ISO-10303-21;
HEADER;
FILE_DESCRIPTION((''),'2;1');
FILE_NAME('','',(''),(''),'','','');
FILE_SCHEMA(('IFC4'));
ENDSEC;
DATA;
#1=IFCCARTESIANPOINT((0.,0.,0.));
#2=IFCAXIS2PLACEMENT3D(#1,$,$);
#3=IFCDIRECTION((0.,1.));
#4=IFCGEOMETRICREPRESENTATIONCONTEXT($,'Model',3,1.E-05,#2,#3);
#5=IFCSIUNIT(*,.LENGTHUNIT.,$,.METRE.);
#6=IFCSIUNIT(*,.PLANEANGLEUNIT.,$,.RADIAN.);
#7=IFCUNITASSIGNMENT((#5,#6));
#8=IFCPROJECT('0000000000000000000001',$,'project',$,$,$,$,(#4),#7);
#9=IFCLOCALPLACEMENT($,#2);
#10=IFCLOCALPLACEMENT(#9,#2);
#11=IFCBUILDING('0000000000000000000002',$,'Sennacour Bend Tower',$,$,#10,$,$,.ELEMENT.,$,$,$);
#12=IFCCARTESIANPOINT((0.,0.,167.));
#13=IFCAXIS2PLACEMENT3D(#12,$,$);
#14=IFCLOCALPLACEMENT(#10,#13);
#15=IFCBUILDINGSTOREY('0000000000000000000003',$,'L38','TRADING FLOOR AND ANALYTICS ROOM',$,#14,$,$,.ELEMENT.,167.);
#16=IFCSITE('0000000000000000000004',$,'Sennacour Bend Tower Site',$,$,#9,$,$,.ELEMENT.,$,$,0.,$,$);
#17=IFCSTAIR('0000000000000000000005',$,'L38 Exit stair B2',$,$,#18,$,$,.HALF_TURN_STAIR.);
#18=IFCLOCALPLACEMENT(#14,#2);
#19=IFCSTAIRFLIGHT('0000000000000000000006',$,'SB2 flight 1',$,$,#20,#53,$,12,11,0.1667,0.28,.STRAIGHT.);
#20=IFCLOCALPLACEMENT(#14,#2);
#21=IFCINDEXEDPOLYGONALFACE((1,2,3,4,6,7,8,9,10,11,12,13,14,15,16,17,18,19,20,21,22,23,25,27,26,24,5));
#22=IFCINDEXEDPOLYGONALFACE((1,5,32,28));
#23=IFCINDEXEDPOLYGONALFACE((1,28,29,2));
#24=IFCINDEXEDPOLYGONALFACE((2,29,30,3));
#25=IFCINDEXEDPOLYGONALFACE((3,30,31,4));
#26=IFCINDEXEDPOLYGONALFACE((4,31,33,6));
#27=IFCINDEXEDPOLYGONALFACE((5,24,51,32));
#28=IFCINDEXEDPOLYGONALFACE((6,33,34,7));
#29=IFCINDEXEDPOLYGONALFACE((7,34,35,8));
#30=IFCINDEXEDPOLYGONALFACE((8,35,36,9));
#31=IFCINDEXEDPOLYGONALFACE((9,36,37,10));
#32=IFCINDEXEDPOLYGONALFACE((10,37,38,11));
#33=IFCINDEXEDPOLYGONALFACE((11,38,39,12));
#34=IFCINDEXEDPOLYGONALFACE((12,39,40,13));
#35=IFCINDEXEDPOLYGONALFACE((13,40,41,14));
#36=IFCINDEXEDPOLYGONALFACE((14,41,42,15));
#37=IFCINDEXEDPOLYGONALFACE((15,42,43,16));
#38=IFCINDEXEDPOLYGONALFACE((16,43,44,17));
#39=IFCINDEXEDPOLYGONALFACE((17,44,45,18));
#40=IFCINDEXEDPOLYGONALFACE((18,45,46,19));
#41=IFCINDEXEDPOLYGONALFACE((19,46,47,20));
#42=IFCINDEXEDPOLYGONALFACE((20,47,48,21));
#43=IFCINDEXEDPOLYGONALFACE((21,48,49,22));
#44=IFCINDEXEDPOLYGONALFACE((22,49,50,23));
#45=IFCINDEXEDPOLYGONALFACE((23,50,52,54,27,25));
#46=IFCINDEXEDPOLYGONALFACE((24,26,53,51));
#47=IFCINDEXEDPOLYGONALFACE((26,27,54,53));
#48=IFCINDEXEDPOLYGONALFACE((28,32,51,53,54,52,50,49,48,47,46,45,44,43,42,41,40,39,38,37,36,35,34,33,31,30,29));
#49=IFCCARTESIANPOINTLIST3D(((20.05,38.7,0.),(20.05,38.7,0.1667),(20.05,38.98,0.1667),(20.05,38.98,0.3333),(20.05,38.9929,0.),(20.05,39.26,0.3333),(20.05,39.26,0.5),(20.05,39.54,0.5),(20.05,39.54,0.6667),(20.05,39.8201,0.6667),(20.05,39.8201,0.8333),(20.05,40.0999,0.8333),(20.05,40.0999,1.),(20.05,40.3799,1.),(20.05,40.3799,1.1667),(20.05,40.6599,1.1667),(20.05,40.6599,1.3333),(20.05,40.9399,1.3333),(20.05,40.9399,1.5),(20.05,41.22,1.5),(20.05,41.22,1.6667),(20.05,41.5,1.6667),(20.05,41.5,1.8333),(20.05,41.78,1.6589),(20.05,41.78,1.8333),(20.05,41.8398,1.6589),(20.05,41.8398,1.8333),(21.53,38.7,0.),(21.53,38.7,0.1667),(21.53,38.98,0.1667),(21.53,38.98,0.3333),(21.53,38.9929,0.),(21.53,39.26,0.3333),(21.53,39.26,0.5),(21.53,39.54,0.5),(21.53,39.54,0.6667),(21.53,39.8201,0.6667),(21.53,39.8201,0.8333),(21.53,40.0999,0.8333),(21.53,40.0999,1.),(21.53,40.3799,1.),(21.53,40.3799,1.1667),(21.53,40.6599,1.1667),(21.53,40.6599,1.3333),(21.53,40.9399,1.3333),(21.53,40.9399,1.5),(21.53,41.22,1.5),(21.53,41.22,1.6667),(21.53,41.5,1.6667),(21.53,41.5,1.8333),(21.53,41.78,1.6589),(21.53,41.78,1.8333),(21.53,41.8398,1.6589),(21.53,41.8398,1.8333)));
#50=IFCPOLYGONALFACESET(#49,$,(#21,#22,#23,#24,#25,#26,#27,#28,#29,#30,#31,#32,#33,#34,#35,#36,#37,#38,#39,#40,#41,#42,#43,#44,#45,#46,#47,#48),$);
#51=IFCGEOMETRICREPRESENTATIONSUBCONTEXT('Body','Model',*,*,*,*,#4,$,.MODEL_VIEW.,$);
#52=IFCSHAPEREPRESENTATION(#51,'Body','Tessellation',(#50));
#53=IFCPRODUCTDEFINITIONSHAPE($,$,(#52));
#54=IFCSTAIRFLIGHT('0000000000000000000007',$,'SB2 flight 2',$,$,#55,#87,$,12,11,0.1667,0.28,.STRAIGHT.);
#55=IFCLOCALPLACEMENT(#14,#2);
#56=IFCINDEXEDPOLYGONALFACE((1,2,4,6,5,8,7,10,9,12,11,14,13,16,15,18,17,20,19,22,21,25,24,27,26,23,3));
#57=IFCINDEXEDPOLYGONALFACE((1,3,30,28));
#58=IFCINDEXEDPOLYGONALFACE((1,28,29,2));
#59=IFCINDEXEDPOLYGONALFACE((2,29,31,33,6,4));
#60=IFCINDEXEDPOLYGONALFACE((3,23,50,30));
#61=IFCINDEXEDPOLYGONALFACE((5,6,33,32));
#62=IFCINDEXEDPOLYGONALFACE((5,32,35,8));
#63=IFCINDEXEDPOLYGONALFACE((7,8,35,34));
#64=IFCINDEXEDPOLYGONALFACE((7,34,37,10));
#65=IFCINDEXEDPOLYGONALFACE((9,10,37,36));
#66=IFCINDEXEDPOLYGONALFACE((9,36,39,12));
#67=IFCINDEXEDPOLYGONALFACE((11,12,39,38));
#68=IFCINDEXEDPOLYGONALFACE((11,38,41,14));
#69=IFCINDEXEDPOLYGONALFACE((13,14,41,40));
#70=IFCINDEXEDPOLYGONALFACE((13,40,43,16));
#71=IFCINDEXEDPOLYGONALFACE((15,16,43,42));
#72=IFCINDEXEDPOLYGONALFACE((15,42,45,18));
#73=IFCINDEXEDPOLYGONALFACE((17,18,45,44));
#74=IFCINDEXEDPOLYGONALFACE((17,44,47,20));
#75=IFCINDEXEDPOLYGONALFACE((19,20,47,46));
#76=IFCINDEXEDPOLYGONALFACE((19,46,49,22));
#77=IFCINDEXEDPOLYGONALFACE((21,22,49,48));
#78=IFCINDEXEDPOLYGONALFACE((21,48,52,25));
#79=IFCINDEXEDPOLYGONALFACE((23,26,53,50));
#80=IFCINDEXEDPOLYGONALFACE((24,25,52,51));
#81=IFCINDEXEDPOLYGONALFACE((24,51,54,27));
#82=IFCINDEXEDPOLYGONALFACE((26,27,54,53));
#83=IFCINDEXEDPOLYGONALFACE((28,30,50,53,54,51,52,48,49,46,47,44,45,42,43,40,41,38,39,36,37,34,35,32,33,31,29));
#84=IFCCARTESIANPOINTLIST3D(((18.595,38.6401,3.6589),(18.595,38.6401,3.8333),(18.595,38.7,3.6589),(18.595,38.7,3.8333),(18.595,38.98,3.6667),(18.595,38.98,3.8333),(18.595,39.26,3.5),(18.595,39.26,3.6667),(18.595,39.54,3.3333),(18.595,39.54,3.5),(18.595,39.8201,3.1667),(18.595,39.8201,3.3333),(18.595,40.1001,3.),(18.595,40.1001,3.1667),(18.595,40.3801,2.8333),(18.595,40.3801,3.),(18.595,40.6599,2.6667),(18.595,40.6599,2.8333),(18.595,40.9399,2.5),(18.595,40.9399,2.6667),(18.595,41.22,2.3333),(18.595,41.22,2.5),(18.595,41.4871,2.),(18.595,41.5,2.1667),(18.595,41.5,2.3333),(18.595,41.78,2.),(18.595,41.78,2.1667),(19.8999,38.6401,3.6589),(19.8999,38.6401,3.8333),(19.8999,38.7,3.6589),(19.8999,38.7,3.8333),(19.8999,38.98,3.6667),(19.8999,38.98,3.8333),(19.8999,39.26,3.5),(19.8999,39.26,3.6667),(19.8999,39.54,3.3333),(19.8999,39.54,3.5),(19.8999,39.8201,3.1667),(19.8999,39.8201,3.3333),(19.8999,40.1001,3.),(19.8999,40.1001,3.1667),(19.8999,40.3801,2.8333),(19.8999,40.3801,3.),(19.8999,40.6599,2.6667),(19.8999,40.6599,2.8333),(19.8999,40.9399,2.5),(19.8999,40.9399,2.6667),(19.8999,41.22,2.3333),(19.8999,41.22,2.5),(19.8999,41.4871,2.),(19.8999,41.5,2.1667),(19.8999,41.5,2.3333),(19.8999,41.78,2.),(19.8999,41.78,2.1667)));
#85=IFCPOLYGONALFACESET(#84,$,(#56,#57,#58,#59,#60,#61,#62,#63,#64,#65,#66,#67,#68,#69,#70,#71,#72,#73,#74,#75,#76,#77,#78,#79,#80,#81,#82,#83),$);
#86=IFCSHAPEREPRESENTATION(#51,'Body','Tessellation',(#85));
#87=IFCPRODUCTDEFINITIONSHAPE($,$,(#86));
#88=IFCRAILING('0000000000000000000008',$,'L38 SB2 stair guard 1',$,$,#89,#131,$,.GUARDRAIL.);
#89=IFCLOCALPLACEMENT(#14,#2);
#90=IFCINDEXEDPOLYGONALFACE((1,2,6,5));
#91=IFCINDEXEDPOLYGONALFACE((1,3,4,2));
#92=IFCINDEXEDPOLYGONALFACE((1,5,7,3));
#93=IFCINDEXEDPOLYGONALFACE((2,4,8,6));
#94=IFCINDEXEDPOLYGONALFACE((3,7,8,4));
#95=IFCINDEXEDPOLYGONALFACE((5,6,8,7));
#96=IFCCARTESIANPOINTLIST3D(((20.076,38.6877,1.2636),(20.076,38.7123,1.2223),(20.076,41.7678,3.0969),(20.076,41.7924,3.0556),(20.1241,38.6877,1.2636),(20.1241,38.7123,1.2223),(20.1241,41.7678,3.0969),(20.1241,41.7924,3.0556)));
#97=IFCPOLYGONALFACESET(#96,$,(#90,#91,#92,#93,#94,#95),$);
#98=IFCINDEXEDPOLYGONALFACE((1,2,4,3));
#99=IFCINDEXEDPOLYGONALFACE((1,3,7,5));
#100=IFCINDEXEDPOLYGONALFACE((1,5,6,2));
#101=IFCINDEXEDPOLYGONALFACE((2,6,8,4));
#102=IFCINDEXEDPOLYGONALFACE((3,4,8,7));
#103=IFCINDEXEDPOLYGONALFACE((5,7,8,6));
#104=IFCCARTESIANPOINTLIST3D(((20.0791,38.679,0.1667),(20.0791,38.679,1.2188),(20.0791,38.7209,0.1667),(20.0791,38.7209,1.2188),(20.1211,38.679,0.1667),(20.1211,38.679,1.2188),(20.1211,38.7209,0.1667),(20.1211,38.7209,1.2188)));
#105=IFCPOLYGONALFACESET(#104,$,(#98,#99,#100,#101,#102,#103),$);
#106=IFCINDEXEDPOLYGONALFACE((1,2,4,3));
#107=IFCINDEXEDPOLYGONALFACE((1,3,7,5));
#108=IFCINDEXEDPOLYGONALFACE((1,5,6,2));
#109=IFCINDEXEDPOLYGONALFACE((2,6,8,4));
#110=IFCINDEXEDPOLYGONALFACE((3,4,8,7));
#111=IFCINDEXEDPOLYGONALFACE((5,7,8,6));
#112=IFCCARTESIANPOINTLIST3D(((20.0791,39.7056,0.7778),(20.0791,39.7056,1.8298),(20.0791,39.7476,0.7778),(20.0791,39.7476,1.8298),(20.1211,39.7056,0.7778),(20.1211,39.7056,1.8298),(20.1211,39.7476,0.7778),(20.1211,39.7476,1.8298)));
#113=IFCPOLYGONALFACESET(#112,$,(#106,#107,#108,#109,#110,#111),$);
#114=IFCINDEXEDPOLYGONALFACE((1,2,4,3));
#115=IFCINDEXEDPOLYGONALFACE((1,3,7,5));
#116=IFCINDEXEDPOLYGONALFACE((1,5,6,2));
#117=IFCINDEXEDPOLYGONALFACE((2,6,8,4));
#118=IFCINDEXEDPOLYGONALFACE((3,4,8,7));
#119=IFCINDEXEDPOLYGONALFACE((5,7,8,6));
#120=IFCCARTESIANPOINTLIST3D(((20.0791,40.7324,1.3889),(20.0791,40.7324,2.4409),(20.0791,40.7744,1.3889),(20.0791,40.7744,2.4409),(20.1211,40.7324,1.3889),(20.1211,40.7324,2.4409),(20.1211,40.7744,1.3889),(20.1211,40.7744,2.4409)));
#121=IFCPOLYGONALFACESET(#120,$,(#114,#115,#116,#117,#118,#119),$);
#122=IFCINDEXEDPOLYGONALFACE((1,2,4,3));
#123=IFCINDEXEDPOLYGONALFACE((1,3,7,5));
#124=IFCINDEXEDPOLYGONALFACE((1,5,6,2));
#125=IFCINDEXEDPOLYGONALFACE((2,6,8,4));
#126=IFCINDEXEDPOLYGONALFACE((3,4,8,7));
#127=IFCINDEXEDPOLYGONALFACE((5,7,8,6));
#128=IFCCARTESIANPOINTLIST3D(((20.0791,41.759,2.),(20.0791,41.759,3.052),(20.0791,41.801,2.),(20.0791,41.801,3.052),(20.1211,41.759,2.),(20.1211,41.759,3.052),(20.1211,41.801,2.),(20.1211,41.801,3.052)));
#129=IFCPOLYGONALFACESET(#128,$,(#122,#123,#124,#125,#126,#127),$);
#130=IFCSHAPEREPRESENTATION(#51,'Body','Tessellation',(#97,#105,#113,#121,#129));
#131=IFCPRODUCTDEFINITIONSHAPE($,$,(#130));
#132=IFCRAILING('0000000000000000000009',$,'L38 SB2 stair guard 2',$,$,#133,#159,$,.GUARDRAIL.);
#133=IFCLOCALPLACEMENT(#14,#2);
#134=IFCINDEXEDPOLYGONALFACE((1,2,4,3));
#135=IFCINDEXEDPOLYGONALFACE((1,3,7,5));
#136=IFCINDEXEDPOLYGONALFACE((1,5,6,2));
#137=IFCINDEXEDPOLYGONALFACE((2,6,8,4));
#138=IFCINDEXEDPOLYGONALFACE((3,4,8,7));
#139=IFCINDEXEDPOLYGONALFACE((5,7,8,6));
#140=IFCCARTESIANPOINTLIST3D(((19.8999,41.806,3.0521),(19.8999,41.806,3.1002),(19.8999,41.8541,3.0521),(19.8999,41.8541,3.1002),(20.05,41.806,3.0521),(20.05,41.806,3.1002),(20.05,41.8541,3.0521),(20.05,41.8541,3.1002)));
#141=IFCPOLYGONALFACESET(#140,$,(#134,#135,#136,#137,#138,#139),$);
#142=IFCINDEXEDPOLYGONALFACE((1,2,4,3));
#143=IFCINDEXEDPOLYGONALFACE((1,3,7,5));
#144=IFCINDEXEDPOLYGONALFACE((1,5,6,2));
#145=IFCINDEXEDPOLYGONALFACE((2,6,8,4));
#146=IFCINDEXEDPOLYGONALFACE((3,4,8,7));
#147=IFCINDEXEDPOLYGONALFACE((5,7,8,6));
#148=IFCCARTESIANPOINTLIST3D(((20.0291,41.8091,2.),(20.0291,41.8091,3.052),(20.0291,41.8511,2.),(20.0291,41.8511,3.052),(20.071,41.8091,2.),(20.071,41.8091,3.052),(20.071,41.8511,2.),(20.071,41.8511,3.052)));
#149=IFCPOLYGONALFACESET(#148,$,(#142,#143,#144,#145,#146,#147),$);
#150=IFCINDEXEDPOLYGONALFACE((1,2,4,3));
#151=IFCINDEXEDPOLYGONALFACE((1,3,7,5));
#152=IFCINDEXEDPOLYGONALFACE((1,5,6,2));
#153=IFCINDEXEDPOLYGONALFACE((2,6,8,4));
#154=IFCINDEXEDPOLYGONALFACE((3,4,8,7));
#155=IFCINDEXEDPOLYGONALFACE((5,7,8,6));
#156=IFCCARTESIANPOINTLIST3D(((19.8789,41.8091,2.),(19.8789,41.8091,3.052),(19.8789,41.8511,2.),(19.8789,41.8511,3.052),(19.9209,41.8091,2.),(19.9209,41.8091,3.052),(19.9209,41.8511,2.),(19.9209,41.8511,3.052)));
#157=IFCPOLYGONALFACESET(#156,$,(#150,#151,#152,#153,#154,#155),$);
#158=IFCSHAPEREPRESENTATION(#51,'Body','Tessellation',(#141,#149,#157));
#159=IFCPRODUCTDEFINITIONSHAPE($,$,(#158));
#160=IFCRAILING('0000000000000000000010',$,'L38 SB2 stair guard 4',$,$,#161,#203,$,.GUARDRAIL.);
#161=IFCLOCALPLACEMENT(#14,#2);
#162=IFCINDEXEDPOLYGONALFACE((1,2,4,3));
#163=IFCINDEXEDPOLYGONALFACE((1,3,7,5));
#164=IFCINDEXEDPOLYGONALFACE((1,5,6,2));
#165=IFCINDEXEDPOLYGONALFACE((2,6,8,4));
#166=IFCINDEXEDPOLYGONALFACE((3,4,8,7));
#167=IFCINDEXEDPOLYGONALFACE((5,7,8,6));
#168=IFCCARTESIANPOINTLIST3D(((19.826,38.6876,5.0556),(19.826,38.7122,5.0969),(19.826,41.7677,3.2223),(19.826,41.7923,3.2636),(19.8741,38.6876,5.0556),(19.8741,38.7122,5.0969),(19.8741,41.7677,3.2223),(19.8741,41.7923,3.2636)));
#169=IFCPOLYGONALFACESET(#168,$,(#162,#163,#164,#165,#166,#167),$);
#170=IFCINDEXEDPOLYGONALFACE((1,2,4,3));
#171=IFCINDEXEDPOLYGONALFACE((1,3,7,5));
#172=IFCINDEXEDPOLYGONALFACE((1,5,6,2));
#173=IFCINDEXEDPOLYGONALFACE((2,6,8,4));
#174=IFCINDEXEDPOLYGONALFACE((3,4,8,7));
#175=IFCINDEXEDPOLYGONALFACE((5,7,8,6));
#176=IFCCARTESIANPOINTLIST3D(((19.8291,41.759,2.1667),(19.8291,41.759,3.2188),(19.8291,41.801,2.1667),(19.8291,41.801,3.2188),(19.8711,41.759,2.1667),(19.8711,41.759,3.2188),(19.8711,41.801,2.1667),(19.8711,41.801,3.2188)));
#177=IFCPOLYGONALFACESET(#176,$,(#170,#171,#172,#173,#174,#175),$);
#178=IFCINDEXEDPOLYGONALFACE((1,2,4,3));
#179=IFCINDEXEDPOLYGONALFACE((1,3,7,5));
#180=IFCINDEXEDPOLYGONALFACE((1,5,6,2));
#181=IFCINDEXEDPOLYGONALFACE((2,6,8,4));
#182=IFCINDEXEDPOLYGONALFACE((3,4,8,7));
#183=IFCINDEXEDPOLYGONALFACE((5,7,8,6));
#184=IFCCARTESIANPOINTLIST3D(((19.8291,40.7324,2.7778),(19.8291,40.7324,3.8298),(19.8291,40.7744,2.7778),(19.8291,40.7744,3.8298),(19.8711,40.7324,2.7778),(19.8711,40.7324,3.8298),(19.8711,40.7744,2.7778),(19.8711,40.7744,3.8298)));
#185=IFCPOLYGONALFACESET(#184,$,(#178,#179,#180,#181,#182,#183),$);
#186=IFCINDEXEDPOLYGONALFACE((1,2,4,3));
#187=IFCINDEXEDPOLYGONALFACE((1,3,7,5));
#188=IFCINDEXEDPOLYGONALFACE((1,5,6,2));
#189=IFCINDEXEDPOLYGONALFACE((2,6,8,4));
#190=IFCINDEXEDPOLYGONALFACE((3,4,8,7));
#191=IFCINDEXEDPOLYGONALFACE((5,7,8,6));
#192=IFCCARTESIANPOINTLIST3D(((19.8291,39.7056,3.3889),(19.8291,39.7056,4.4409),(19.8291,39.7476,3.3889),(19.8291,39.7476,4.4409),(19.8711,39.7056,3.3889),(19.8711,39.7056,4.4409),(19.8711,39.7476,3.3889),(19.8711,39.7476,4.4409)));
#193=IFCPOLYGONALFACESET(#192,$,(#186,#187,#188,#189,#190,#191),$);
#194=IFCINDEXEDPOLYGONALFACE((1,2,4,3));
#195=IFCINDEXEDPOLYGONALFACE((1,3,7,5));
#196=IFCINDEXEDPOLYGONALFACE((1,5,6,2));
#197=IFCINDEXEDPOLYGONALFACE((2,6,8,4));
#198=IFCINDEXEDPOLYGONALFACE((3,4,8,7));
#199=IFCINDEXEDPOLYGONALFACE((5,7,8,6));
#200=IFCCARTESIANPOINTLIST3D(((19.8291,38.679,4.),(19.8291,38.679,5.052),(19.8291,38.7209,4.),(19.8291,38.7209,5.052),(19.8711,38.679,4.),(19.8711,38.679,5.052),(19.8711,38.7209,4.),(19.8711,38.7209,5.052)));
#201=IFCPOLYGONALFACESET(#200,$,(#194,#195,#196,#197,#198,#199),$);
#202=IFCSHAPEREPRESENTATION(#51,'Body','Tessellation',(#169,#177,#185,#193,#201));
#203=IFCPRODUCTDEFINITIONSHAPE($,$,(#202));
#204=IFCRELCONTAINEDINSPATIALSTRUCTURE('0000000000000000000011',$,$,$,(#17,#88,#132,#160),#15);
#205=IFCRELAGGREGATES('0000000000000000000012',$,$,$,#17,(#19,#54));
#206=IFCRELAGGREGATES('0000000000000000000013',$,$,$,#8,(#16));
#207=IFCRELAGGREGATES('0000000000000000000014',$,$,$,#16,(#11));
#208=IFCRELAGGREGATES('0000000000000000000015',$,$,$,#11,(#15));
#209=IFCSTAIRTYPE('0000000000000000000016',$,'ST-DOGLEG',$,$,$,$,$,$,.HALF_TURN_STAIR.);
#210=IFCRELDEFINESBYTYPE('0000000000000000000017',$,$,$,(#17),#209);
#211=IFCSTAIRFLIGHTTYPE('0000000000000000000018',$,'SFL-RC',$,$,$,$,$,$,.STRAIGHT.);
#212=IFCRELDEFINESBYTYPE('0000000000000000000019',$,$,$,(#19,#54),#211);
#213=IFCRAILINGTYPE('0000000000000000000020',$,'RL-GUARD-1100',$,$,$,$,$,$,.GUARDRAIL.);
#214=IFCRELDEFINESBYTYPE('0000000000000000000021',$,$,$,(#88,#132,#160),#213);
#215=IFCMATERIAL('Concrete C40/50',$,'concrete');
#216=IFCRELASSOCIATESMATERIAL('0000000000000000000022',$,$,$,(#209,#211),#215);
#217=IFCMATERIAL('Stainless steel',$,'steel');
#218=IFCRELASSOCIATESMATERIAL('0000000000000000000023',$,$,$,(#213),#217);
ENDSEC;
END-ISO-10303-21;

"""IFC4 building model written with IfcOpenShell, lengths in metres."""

from ifc_helpers import new_model, si_unit, direction, frame, origin, origin_2d, place, context, subcontext, project, spatial, polyline, rectangle, outline, extrude, material, type_object, element, aggregate, save


model = new_model("IFC4")

# Units and contexts
model_context = context("Model", 3, precision=1e-05, world=origin(), true_north=direction((0.0, 1.0)))
body_context = subcontext(model_context, "Body", "Model", "MODEL_VIEW")
ifc_project = project(units=[si_unit("LENGTHUNIT", "METRE"), si_unit("PLANEANGLEUNIT", "RADIAN")], contexts=[model_context])

# Site, building, storey
site_placement = place(None, origin())
site = spatial("IfcSite", under=ifc_project, at=site_placement, Name="Sennacour Bend Tower Site", CompositionType="ELEMENT", RefElevation=0.0)
building_placement = place(site_placement, origin())
building = spatial("IfcBuilding", under=site, at=building_placement, Name="Sennacour Bend Tower", CompositionType="ELEMENT")
storey_placement = place(building_placement, frame((0.0, 0.0, 167.0)))
storey = spatial("IfcBuildingStorey", under=building, at=storey_placement, Name="L38", Description="TRADING FLOOR AND ANALYTICS ROOM", CompositionType="ELEMENT", Elevation=167.0)

# Shared definitions
ifc_material_1 = material(Name="Stainless steel", Category="steel")

# Stair, stair flights
ifc_material_2 = material(Name="Concrete C40/50", Category="concrete")
stair_type = type_object("IfcStairType", Name="ST-DOGLEG", PredefinedType="HALF_TURN_STAIR", material=ifc_material_2)
stair_placement = place(storey_placement, origin())
stair = element("IfcStair", 1, at=stair_placement, inside=storey, type_object=stair_type, Name="L38 Exit stair B2", PredefinedType="HALF_TURN_STAIR")
stair_flight_type = type_object("IfcStairFlightType", Name="SFL-RC", PredefinedType="STRAIGHT", material=ifc_material_2)
stair_flight_1_placement = place(storey_placement, frame((20.79, 38.7, 0.0), z_axis=(0.0, 0.0, 1.0), x_axis=(0.0, 1.0, 0.0)))
stair_flight_1 = element("IfcStairFlight", 2, at=stair_flight_1_placement, type_object=stair_flight_type, Name="SB2 flight 1", NumberOfRisers=12, NumberOfTreads=11, PredefinedType="STRAIGHT", RiserHeight=0.1667, TreadLength=0.28, context=body_context, shape_type="SweptSolid", body=[
    extrude(outline(polyline([(0.0, 0.0), (0.0, 0.1667), (0.28, 0.1667), (0.28, 0.3333), (0.5601, 0.3333), (0.5601, 0.5), (0.8401, 0.5), (0.8401, 0.6667), (1.1201, 0.6667), (1.1201, 0.8333), (1.3999, 0.8333), (1.3999, 1.0), (1.6799, 1.0), (1.6799, 1.1667), (1.96, 1.1667), (1.96, 1.3333), (2.24, 1.3333), (2.24, 1.5), (2.52, 1.5), (2.52, 1.6667), (2.8, 1.6667), (2.8, 1.8333), (3.0801, 1.8333), (3.1399, 1.8333), (3.1399, 1.6589), (3.0801, 1.6589), (0.293, 0.0), (0.0, 0.0)])), frame((0.0, 0.74, 0.0), z_axis=(0.0, -1.0, 0.0), x_axis=(1.0, 0.0, 0.0)), (0.0, 0.0, 1.0), 1.48),
])
stair_flight_2_placement = place(storey_placement, frame((19.2476, 41.78, 2.0), z_axis=(0.0, 0.0, 1.0), x_axis=(0.0, -1.0, 0.0)))
stair_flight_2 = element("IfcStairFlight", 3, at=stair_flight_2_placement, type_object=stair_flight_type, Name="SB2 flight 2", NumberOfRisers=12, NumberOfTreads=11, PredefinedType="STRAIGHT", RiserHeight=0.1667, TreadLength=0.28, context=body_context, shape_type="SweptSolid", body=[
    extrude(outline(polyline([(0.0, 0.0), (0.0, 0.1667), (0.28, 0.1667), (0.28, 0.3333), (0.5601, 0.3333), (0.5601, 0.5), (0.8401, 0.5), (0.8401, 0.6667), (1.1201, 0.6667), (1.1201, 0.8333), (1.3999, 0.8333), (1.3999, 1.0), (1.6799, 1.0), (1.6799, 1.1667), (1.96, 1.1667), (1.96, 1.3333), (2.24, 1.3333), (2.24, 1.5), (2.52, 1.5), (2.52, 1.6667), (2.8, 1.6667), (2.8, 1.8333), (3.0801, 1.8333), (3.1399, 1.8333), (3.1399, 1.6589), (3.0801, 1.6589), (0.293, 0.0), (0.0, 0.0)])), frame((0.0, 0.6523, 0.0), z_axis=(0.0, -1.0, 0.0), x_axis=(1.0, 0.0, 0.0)), (0.0, 0.0, 1.0), 1.3049),
])
aggregate(stair, [stair_flight_1, stair_flight_2])

# Railings
railing_type_1 = type_object("IfcRailingType", Name="RL-GUARD-1100", PredefinedType="GUARDRAIL", material=ifc_material_1)
railing_1_placement = place(storey_placement, frame((20.1001, 38.7, 0.1667)))
element("IfcRailing", 4, at=railing_1_placement, inside=storey, type_object=railing_type_1, Name="L38 SB2 stair guard 1", PredefinedType="GUARDRAIL", context=body_context, shape_type="SweptSolid", body=[
    extrude(rectangle(XDim=0.0481, YDim=0.0481, at=origin_2d()), frame((0.0, 0.0, 1.0762), z_axis=(0.0, 0.859309, 0.511458), x_axis=(-1.0, 0.0, 0.0)), (0.0, 0.0, 1.0), 3.5845),
    extrude(rectangle(XDim=0.042, YDim=0.042, at=origin_2d()), origin(), (0.0, 0.0, 1.0), 1.052),
    extrude(rectangle(XDim=0.042, YDim=0.042, at=origin_2d()), frame((0.0, 1.0266, 0.6111)), (0.0, 0.0, 1.0), 1.052),
    extrude(rectangle(XDim=0.042, YDim=0.042, at=origin_2d()), frame((0.0, 2.0535, 1.2222)), (0.0, 0.0, 1.0), 1.052),
    extrude(rectangle(XDim=0.042, YDim=0.042, at=origin_2d()), frame((0.0, 3.0801, 1.8333)), (0.0, 0.0, 1.0), 1.052),
])
railing_2_placement = place(storey_placement, frame((20.05, 41.8301, 2.0)))
element("IfcRailing", 5, at=railing_2_placement, inside=storey, type_object=railing_type_1, Name="L38 SB2 stair guard 2", PredefinedType="GUARDRAIL", context=body_context, shape_type="SweptSolid", body=[
    extrude(rectangle(XDim=0.0481, YDim=0.0481, at=origin_2d()), frame((0.0, 0.0, 1.0762), z_axis=(-1.0, 0.0, 0.0), x_axis=(0.0, -1.0, 0.0)), (0.0, 0.0, 1.0), 0.1501),
    extrude(rectangle(XDim=0.042, YDim=0.042, at=origin_2d()), origin(), (0.0, 0.0, 1.0), 1.052),
    extrude(rectangle(XDim=0.042, YDim=0.042, at=origin_2d()), frame((-0.1501, 0.0, 0.0)), (0.0, 0.0, 1.0), 1.052),
])
railing_3_placement = place(storey_placement, frame((19.8501, 41.78, 2.1667)))
element("IfcRailing", 6, at=railing_3_placement, inside=storey, type_object=railing_type_1, Name="L38 SB2 stair guard 4", PredefinedType="GUARDRAIL", context=body_context, shape_type="SweptSolid", body=[
    extrude(rectangle(XDim=0.0481, YDim=0.0481, at=origin_2d()), frame((0.0, 0.0, 1.0762), z_axis=(0.0, -0.859309, 0.511458), x_axis=(1.0, 0.0, 0.0)), (0.0, 0.0, 1.0), 3.5845),
    extrude(rectangle(XDim=0.042, YDim=0.042, at=origin_2d()), origin(), (0.0, 0.0, 1.0), 1.052),
    extrude(rectangle(XDim=0.042, YDim=0.042, at=origin_2d()), frame((0.0, -1.0266, 0.6111)), (0.0, 0.0, 1.0), 1.052),
    extrude(rectangle(XDim=0.042, YDim=0.042, at=origin_2d()), frame((0.0, -2.0535, 1.2222)), (0.0, 0.0, 1.0), 1.052),
    extrude(rectangle(XDim=0.042, YDim=0.042, at=origin_2d()), frame((0.0, -3.0801, 1.8333)), (0.0, 0.0, 1.0), 1.052),
])

save(model, "model.ifc")
